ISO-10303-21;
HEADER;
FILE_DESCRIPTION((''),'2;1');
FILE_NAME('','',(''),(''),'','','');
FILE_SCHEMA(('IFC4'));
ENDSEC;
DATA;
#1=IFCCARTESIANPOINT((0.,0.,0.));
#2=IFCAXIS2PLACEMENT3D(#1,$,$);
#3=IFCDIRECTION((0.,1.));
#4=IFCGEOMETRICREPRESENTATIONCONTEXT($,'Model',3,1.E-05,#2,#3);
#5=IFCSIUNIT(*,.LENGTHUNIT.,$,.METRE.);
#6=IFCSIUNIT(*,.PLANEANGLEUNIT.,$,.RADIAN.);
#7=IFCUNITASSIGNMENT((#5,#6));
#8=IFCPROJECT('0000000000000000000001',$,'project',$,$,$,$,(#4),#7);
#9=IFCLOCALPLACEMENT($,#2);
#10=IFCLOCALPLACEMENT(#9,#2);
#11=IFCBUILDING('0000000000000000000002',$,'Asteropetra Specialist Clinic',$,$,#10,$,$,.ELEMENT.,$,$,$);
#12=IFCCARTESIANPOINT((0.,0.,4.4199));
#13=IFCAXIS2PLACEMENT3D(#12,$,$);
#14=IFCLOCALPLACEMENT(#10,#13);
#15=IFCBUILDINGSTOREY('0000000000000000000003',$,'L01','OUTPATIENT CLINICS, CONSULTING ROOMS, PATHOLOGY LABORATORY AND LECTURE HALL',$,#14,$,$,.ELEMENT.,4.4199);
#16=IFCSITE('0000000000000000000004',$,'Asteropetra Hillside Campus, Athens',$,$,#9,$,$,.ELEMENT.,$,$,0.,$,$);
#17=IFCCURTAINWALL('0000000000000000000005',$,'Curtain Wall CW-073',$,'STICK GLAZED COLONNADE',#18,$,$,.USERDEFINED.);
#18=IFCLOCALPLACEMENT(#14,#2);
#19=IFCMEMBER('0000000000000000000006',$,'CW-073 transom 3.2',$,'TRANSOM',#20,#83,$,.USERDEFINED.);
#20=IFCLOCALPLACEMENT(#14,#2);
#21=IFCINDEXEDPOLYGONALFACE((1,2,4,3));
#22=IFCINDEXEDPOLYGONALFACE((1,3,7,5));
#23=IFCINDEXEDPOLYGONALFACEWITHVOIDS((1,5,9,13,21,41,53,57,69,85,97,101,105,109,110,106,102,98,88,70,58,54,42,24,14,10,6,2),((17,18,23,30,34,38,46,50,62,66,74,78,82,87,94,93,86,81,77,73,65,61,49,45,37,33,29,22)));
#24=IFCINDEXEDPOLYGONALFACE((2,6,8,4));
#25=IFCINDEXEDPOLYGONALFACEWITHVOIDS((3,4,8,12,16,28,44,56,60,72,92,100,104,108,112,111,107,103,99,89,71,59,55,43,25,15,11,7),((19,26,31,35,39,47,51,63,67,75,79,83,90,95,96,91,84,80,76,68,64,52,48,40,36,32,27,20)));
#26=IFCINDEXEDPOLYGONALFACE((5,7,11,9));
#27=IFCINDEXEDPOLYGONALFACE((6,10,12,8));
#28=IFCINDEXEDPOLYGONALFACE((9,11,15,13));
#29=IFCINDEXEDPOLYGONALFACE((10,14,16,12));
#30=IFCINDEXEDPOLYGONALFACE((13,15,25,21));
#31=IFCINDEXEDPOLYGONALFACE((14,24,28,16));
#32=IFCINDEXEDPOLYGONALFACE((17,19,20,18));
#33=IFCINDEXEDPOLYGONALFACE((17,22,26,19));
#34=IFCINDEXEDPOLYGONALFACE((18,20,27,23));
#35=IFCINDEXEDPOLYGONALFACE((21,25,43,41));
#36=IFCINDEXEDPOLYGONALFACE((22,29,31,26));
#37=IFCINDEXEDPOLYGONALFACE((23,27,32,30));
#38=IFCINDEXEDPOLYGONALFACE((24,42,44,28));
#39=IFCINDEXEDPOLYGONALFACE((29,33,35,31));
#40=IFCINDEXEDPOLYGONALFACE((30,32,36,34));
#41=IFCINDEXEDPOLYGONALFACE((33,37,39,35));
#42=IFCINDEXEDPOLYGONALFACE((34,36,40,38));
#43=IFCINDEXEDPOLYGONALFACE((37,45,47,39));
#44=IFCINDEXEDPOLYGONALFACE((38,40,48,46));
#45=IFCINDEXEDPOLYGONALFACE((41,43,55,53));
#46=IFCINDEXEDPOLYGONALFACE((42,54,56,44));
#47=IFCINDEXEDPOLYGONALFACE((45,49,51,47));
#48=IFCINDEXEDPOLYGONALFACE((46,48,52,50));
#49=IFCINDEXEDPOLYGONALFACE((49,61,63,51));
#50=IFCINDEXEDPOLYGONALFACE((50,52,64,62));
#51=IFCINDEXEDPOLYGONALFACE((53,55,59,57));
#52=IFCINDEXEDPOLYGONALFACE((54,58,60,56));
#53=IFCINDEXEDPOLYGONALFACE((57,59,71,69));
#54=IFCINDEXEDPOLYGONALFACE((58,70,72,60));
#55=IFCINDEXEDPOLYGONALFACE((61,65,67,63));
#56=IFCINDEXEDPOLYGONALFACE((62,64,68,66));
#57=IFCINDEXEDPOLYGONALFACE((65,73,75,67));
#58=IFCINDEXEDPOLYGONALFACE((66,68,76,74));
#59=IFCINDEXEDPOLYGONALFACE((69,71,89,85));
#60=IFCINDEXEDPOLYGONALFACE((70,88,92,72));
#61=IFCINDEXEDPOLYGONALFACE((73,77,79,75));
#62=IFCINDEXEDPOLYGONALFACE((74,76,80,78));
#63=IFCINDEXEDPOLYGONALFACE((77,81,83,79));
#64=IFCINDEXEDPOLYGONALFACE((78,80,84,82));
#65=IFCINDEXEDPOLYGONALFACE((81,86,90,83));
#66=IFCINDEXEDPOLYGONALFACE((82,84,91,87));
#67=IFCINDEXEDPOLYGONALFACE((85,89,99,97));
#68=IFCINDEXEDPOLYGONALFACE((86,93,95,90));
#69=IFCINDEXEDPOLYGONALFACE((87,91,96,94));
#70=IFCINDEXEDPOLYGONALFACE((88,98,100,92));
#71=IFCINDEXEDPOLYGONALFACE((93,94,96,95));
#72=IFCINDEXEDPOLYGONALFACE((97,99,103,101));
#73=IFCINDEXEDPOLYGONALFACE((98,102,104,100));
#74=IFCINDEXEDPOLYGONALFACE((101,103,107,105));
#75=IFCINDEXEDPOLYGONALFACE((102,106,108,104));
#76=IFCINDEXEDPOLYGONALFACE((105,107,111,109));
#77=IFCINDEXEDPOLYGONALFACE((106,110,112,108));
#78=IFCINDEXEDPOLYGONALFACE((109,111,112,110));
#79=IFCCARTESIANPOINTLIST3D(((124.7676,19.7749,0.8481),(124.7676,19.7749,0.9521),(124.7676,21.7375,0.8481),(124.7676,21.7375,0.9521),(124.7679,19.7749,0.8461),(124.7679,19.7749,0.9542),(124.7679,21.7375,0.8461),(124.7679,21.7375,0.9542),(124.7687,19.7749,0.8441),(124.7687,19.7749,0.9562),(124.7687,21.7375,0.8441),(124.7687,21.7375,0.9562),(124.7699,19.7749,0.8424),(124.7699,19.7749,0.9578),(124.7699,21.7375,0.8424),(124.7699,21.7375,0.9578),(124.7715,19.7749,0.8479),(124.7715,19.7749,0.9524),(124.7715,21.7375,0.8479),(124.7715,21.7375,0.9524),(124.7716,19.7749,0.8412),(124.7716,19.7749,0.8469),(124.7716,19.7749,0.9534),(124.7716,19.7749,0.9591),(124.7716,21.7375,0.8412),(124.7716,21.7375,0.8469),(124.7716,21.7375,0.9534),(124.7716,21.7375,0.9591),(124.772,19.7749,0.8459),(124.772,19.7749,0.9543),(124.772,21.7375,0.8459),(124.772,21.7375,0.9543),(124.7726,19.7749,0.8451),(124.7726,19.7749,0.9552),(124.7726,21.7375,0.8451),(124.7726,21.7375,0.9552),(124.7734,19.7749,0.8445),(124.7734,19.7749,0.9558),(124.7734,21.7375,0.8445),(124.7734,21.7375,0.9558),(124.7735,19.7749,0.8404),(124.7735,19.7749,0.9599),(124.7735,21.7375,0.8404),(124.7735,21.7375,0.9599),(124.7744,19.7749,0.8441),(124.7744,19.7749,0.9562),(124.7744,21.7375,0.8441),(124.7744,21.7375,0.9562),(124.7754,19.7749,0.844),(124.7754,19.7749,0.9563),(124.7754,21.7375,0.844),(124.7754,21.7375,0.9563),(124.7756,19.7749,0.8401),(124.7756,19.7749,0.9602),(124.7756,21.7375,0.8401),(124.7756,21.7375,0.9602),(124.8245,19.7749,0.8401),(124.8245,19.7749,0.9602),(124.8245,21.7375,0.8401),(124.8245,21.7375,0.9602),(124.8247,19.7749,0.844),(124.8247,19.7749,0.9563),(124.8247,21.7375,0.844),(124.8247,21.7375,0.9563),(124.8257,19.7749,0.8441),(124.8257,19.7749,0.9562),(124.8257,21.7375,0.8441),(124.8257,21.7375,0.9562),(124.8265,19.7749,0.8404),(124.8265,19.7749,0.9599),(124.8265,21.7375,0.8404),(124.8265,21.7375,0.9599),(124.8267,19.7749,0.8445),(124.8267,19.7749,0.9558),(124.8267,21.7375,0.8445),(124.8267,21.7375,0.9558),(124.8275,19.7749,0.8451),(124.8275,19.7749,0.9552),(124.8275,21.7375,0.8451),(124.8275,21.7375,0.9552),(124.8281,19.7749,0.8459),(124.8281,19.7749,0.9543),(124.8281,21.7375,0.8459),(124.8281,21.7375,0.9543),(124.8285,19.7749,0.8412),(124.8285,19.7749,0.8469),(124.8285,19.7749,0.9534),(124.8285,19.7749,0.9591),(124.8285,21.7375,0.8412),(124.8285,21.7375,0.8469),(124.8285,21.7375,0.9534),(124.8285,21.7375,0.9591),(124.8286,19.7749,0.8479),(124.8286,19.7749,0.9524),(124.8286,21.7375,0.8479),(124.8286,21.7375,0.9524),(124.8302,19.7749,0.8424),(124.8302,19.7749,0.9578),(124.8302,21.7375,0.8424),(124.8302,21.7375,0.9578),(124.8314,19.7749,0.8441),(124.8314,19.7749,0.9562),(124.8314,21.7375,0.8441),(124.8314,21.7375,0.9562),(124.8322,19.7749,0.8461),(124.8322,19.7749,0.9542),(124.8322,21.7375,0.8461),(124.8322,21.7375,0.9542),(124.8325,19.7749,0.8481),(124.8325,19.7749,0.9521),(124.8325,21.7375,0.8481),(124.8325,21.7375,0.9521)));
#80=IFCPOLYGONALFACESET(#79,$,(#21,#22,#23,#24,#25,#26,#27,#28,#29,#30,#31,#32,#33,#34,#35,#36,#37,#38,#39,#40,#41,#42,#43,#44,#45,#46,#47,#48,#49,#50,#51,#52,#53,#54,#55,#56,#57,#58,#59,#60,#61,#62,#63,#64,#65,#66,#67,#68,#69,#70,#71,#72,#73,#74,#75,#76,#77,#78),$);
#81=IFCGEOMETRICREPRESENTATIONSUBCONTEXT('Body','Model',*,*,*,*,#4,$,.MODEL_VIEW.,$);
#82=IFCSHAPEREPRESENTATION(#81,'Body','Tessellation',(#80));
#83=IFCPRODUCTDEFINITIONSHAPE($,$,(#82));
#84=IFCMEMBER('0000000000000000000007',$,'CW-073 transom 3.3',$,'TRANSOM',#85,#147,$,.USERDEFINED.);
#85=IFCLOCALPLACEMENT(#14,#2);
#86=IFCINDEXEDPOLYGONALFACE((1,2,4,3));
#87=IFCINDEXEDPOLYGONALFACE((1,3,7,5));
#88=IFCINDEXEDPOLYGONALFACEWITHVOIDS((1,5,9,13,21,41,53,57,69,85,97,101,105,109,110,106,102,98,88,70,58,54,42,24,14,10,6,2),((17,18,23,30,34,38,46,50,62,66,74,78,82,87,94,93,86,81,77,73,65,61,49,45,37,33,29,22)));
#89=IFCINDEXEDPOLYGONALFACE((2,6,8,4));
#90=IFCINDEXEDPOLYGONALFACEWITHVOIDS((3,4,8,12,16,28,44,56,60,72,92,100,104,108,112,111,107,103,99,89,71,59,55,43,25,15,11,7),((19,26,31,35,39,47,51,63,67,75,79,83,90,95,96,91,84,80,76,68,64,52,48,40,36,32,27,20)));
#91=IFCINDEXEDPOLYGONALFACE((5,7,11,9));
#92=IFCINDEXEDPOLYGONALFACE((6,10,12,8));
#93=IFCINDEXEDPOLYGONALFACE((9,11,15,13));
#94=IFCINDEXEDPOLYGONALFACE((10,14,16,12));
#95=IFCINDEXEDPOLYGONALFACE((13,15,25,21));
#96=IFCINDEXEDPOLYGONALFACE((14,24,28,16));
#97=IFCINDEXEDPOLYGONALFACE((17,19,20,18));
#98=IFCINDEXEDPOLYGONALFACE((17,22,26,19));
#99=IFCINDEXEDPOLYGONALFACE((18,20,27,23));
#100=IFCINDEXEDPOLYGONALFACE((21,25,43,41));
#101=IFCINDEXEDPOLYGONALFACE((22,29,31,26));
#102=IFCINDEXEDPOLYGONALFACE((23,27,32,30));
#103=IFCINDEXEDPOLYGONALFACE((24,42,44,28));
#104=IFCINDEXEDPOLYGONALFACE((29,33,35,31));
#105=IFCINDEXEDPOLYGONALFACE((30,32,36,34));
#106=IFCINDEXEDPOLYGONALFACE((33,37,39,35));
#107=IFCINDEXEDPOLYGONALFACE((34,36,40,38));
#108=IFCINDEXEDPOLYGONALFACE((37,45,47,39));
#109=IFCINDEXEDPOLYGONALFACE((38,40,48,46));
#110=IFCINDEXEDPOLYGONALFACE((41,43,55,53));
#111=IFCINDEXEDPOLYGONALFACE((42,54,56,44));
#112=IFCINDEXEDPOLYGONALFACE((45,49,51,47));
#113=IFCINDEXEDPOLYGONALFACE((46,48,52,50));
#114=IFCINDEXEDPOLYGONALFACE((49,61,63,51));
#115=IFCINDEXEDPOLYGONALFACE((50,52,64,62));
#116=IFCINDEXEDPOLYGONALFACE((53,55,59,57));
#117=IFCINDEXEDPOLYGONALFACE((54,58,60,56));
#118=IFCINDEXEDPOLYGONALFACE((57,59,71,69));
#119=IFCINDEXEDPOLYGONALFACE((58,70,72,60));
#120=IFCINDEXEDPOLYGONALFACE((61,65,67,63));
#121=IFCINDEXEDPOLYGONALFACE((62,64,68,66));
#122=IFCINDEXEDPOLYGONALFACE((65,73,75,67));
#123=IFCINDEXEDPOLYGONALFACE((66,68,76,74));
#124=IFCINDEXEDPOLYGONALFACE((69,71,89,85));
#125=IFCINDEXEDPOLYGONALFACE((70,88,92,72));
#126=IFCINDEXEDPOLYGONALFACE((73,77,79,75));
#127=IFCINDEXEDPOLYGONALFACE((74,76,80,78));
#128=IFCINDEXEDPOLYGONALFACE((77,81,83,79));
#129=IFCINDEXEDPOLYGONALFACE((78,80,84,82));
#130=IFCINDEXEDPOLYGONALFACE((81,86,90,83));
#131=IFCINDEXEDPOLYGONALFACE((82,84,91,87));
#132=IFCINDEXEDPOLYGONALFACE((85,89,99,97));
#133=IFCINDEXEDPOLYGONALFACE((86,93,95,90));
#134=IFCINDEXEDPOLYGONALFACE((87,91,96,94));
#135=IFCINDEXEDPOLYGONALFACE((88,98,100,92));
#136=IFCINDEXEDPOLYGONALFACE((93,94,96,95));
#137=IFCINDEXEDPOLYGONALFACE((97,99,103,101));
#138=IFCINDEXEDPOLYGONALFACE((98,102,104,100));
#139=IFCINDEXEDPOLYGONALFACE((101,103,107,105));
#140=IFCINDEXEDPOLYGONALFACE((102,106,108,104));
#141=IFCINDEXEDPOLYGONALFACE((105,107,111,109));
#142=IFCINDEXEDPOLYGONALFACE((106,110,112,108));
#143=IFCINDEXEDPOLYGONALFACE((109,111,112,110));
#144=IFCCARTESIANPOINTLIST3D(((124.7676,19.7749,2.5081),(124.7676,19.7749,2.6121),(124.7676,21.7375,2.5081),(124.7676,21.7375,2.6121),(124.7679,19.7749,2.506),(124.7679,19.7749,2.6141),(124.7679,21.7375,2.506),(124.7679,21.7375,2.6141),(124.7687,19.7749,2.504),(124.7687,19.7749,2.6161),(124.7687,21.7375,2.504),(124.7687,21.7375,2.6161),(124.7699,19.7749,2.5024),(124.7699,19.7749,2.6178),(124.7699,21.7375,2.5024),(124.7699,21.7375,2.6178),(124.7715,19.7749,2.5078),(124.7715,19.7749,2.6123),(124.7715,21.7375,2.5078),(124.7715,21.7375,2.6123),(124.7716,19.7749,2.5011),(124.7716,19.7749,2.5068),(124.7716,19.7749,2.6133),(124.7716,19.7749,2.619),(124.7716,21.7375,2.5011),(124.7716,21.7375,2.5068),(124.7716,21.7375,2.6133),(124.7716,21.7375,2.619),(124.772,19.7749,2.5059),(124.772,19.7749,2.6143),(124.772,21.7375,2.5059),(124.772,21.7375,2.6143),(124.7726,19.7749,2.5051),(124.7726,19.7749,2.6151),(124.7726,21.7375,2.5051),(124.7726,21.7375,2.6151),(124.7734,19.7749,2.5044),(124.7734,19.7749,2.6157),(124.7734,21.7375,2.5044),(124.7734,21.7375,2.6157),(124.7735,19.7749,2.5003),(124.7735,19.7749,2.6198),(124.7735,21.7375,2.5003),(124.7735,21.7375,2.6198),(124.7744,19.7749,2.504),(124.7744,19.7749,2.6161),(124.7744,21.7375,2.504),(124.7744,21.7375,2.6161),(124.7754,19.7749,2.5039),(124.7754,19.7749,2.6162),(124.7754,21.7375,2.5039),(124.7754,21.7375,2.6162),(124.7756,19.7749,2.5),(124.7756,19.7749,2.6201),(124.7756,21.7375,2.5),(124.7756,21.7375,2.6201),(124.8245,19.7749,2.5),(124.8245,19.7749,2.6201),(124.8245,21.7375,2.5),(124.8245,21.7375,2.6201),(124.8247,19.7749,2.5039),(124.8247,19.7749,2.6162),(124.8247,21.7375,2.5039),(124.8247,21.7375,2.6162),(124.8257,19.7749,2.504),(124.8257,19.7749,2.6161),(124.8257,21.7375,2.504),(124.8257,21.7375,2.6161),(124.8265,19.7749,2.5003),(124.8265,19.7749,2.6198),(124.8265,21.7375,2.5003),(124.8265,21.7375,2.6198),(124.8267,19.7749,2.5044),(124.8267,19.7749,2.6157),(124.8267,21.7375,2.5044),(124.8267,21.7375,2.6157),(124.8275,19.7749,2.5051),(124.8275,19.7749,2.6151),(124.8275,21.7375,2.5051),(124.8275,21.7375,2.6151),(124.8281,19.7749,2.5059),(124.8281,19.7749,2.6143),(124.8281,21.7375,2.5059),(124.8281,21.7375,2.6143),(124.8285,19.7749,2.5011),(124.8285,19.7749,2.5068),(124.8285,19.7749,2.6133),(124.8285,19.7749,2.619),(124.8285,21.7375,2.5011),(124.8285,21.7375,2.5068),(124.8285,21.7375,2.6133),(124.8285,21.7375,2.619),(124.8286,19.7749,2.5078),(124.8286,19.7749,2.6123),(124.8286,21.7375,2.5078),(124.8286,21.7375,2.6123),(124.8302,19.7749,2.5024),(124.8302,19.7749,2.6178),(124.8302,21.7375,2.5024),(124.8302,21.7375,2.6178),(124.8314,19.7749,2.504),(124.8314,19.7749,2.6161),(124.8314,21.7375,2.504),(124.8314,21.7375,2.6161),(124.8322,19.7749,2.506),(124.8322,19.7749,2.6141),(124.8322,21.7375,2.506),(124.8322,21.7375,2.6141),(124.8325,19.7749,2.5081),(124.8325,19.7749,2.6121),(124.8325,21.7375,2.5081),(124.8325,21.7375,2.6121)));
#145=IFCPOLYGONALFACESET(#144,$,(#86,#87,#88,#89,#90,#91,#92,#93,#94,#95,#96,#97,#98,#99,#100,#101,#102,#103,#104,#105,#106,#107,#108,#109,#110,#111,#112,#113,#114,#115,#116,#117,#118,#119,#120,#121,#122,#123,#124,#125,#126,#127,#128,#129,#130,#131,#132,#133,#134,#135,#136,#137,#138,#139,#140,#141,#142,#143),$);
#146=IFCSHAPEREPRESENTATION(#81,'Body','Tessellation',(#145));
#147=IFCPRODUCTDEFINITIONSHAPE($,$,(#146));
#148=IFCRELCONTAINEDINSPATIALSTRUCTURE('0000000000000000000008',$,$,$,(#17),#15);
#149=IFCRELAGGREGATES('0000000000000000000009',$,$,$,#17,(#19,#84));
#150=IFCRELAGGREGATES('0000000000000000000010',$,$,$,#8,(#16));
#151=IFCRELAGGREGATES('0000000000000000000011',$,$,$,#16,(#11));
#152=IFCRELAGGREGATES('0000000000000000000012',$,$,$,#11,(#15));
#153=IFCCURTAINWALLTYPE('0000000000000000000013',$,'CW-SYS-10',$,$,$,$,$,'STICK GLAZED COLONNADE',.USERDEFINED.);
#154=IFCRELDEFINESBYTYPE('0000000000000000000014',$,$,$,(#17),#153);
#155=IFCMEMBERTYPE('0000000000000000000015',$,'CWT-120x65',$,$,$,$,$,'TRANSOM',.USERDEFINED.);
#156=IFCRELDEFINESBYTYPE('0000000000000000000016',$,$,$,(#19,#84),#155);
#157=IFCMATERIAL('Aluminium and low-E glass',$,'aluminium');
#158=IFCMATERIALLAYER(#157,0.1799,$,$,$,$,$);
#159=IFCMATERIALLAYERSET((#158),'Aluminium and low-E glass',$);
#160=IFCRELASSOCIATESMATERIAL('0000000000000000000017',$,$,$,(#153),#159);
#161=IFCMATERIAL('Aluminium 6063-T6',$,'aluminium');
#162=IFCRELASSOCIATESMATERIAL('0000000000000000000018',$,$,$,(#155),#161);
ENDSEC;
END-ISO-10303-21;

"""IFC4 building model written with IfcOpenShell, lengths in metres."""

from ifc_helpers import new_model, si_unit, direction, frame, origin, origin_2d, place, context, subcontext, project, spatial, hollow_rectangle, extrude, material, layer, layer_set, material_profile, profile_set, type_object, element, aggregate, save


model = new_model("IFC4")

# Units and contexts
model_context = context("Model", 3, precision=1e-05, world=origin(), true_north=direction((0.0, 1.0)))
body_context = subcontext(model_context, "Body", "Model", "MODEL_VIEW")
ifc_project = project(units=[si_unit("LENGTHUNIT", "METRE"), si_unit("PLANEANGLEUNIT", "RADIAN")], contexts=[model_context])

# Site, building, storey
site_placement = place(None, origin())
site = spatial("IfcSite", under=ifc_project, at=site_placement, Name="Asteropetra Hillside Campus, Athens", CompositionType="ELEMENT", RefElevation=0.0)
building_placement = place(site_placement, origin())
building = spatial("IfcBuilding", under=site, at=building_placement, Name="Asteropetra Specialist Clinic", CompositionType="ELEMENT")
storey_placement = place(building_placement, frame((0.0, 0.0, 4.4199)))
storey = spatial("IfcBuildingStorey", under=building, at=storey_placement, Name="L01", Description="OUTPATIENT CLINICS, CONSULTING ROOMS, PATHOLOGY LABORATORY AND LECTURE HALL", CompositionType="ELEMENT", Elevation=4.4199)

# Curtain wall
ifc_material_1 = material(Name="Aluminium and low-E glass", Category="aluminium")
ifc_layer_1 = layer(ifc_material_1, 0.1799)
ifc_layer_set_1 = layer_set([ifc_layer_1], Name="Aluminium and low-E glass")
curtain_wall_type_1 = type_object("IfcCurtainWallType", Name="CW-SYS-10", ElementType="STICK GLAZED COLONNADE", PredefinedType="USERDEFINED", material=ifc_layer_set_1)
curtain_wall_1_placement = place(storey_placement, origin())
curtain_wall_1 = element("IfcCurtainWall", 1, at=curtain_wall_1_placement, inside=storey, type_object=curtain_wall_type_1, Name="Curtain Wall CW-073", ObjectType="STICK GLAZED COLONNADE", PredefinedType="USERDEFINED")

# Members
ifc_material_2 = material(Name="Aluminium 6063-T6", Category="aluminium")
ifc_material_profile_1 = material_profile(ifc_material_2, hollow_rectangle(XDim=0.0649, YDim=0.1201, WallThickness=0.0039, InnerFilletRadius=0.0039, OuterFilletRadius=0.0081, at=origin_2d()), Name="TRN 120x65x4.0")
ifc_profile_set_1 = profile_set([ifc_material_profile_1], Name="Aluminium 6063-T6")
member_type_1 = type_object("IfcMemberType", Name="CWT-120x65", ElementType="TRANSOM", PredefinedType="USERDEFINED", material=ifc_profile_set_1)
member_1_placement = place(storey_placement, frame((124.8, 21.7375, 0.9001), z_axis=(0.0, -1.0, 0.0), x_axis=(1.0, 0.0, 0.0)))
member_1 = element("IfcMember", 2, at=member_1_placement, type_object=member_type_1, Name="CW-073 transom 3.2", ObjectType="TRANSOM", PredefinedType="USERDEFINED", context=body_context, shape_type="SweptSolid", body=[
    extrude(hollow_rectangle(XDim=0.0649, YDim=0.1201, WallThickness=0.0039, InnerFilletRadius=0.0039, OuterFilletRadius=0.0081, at=origin_2d()), origin(), (0.0, 0.0, 1.0), 1.9626),
])
member_2_placement = place(storey_placement, frame((124.8, 21.7375, 2.5601), z_axis=(0.0, -1.0, 0.0), x_axis=(1.0, 0.0, 0.0)))
member_2 = element("IfcMember", 3, at=member_2_placement, type_object=member_type_1, Name="CW-073 transom 3.3", ObjectType="TRANSOM", PredefinedType="USERDEFINED", context=body_context, shape_type="SweptSolid", body=[
    extrude(hollow_rectangle(XDim=0.0649, YDim=0.1201, WallThickness=0.0039, InnerFilletRadius=0.0039, OuterFilletRadius=0.0081, at=origin_2d()), origin(), (0.0, 0.0, 1.0), 1.9626),
])

aggregate(curtain_wall_1, [member_1, member_2])

save(model, "model.ifc")
